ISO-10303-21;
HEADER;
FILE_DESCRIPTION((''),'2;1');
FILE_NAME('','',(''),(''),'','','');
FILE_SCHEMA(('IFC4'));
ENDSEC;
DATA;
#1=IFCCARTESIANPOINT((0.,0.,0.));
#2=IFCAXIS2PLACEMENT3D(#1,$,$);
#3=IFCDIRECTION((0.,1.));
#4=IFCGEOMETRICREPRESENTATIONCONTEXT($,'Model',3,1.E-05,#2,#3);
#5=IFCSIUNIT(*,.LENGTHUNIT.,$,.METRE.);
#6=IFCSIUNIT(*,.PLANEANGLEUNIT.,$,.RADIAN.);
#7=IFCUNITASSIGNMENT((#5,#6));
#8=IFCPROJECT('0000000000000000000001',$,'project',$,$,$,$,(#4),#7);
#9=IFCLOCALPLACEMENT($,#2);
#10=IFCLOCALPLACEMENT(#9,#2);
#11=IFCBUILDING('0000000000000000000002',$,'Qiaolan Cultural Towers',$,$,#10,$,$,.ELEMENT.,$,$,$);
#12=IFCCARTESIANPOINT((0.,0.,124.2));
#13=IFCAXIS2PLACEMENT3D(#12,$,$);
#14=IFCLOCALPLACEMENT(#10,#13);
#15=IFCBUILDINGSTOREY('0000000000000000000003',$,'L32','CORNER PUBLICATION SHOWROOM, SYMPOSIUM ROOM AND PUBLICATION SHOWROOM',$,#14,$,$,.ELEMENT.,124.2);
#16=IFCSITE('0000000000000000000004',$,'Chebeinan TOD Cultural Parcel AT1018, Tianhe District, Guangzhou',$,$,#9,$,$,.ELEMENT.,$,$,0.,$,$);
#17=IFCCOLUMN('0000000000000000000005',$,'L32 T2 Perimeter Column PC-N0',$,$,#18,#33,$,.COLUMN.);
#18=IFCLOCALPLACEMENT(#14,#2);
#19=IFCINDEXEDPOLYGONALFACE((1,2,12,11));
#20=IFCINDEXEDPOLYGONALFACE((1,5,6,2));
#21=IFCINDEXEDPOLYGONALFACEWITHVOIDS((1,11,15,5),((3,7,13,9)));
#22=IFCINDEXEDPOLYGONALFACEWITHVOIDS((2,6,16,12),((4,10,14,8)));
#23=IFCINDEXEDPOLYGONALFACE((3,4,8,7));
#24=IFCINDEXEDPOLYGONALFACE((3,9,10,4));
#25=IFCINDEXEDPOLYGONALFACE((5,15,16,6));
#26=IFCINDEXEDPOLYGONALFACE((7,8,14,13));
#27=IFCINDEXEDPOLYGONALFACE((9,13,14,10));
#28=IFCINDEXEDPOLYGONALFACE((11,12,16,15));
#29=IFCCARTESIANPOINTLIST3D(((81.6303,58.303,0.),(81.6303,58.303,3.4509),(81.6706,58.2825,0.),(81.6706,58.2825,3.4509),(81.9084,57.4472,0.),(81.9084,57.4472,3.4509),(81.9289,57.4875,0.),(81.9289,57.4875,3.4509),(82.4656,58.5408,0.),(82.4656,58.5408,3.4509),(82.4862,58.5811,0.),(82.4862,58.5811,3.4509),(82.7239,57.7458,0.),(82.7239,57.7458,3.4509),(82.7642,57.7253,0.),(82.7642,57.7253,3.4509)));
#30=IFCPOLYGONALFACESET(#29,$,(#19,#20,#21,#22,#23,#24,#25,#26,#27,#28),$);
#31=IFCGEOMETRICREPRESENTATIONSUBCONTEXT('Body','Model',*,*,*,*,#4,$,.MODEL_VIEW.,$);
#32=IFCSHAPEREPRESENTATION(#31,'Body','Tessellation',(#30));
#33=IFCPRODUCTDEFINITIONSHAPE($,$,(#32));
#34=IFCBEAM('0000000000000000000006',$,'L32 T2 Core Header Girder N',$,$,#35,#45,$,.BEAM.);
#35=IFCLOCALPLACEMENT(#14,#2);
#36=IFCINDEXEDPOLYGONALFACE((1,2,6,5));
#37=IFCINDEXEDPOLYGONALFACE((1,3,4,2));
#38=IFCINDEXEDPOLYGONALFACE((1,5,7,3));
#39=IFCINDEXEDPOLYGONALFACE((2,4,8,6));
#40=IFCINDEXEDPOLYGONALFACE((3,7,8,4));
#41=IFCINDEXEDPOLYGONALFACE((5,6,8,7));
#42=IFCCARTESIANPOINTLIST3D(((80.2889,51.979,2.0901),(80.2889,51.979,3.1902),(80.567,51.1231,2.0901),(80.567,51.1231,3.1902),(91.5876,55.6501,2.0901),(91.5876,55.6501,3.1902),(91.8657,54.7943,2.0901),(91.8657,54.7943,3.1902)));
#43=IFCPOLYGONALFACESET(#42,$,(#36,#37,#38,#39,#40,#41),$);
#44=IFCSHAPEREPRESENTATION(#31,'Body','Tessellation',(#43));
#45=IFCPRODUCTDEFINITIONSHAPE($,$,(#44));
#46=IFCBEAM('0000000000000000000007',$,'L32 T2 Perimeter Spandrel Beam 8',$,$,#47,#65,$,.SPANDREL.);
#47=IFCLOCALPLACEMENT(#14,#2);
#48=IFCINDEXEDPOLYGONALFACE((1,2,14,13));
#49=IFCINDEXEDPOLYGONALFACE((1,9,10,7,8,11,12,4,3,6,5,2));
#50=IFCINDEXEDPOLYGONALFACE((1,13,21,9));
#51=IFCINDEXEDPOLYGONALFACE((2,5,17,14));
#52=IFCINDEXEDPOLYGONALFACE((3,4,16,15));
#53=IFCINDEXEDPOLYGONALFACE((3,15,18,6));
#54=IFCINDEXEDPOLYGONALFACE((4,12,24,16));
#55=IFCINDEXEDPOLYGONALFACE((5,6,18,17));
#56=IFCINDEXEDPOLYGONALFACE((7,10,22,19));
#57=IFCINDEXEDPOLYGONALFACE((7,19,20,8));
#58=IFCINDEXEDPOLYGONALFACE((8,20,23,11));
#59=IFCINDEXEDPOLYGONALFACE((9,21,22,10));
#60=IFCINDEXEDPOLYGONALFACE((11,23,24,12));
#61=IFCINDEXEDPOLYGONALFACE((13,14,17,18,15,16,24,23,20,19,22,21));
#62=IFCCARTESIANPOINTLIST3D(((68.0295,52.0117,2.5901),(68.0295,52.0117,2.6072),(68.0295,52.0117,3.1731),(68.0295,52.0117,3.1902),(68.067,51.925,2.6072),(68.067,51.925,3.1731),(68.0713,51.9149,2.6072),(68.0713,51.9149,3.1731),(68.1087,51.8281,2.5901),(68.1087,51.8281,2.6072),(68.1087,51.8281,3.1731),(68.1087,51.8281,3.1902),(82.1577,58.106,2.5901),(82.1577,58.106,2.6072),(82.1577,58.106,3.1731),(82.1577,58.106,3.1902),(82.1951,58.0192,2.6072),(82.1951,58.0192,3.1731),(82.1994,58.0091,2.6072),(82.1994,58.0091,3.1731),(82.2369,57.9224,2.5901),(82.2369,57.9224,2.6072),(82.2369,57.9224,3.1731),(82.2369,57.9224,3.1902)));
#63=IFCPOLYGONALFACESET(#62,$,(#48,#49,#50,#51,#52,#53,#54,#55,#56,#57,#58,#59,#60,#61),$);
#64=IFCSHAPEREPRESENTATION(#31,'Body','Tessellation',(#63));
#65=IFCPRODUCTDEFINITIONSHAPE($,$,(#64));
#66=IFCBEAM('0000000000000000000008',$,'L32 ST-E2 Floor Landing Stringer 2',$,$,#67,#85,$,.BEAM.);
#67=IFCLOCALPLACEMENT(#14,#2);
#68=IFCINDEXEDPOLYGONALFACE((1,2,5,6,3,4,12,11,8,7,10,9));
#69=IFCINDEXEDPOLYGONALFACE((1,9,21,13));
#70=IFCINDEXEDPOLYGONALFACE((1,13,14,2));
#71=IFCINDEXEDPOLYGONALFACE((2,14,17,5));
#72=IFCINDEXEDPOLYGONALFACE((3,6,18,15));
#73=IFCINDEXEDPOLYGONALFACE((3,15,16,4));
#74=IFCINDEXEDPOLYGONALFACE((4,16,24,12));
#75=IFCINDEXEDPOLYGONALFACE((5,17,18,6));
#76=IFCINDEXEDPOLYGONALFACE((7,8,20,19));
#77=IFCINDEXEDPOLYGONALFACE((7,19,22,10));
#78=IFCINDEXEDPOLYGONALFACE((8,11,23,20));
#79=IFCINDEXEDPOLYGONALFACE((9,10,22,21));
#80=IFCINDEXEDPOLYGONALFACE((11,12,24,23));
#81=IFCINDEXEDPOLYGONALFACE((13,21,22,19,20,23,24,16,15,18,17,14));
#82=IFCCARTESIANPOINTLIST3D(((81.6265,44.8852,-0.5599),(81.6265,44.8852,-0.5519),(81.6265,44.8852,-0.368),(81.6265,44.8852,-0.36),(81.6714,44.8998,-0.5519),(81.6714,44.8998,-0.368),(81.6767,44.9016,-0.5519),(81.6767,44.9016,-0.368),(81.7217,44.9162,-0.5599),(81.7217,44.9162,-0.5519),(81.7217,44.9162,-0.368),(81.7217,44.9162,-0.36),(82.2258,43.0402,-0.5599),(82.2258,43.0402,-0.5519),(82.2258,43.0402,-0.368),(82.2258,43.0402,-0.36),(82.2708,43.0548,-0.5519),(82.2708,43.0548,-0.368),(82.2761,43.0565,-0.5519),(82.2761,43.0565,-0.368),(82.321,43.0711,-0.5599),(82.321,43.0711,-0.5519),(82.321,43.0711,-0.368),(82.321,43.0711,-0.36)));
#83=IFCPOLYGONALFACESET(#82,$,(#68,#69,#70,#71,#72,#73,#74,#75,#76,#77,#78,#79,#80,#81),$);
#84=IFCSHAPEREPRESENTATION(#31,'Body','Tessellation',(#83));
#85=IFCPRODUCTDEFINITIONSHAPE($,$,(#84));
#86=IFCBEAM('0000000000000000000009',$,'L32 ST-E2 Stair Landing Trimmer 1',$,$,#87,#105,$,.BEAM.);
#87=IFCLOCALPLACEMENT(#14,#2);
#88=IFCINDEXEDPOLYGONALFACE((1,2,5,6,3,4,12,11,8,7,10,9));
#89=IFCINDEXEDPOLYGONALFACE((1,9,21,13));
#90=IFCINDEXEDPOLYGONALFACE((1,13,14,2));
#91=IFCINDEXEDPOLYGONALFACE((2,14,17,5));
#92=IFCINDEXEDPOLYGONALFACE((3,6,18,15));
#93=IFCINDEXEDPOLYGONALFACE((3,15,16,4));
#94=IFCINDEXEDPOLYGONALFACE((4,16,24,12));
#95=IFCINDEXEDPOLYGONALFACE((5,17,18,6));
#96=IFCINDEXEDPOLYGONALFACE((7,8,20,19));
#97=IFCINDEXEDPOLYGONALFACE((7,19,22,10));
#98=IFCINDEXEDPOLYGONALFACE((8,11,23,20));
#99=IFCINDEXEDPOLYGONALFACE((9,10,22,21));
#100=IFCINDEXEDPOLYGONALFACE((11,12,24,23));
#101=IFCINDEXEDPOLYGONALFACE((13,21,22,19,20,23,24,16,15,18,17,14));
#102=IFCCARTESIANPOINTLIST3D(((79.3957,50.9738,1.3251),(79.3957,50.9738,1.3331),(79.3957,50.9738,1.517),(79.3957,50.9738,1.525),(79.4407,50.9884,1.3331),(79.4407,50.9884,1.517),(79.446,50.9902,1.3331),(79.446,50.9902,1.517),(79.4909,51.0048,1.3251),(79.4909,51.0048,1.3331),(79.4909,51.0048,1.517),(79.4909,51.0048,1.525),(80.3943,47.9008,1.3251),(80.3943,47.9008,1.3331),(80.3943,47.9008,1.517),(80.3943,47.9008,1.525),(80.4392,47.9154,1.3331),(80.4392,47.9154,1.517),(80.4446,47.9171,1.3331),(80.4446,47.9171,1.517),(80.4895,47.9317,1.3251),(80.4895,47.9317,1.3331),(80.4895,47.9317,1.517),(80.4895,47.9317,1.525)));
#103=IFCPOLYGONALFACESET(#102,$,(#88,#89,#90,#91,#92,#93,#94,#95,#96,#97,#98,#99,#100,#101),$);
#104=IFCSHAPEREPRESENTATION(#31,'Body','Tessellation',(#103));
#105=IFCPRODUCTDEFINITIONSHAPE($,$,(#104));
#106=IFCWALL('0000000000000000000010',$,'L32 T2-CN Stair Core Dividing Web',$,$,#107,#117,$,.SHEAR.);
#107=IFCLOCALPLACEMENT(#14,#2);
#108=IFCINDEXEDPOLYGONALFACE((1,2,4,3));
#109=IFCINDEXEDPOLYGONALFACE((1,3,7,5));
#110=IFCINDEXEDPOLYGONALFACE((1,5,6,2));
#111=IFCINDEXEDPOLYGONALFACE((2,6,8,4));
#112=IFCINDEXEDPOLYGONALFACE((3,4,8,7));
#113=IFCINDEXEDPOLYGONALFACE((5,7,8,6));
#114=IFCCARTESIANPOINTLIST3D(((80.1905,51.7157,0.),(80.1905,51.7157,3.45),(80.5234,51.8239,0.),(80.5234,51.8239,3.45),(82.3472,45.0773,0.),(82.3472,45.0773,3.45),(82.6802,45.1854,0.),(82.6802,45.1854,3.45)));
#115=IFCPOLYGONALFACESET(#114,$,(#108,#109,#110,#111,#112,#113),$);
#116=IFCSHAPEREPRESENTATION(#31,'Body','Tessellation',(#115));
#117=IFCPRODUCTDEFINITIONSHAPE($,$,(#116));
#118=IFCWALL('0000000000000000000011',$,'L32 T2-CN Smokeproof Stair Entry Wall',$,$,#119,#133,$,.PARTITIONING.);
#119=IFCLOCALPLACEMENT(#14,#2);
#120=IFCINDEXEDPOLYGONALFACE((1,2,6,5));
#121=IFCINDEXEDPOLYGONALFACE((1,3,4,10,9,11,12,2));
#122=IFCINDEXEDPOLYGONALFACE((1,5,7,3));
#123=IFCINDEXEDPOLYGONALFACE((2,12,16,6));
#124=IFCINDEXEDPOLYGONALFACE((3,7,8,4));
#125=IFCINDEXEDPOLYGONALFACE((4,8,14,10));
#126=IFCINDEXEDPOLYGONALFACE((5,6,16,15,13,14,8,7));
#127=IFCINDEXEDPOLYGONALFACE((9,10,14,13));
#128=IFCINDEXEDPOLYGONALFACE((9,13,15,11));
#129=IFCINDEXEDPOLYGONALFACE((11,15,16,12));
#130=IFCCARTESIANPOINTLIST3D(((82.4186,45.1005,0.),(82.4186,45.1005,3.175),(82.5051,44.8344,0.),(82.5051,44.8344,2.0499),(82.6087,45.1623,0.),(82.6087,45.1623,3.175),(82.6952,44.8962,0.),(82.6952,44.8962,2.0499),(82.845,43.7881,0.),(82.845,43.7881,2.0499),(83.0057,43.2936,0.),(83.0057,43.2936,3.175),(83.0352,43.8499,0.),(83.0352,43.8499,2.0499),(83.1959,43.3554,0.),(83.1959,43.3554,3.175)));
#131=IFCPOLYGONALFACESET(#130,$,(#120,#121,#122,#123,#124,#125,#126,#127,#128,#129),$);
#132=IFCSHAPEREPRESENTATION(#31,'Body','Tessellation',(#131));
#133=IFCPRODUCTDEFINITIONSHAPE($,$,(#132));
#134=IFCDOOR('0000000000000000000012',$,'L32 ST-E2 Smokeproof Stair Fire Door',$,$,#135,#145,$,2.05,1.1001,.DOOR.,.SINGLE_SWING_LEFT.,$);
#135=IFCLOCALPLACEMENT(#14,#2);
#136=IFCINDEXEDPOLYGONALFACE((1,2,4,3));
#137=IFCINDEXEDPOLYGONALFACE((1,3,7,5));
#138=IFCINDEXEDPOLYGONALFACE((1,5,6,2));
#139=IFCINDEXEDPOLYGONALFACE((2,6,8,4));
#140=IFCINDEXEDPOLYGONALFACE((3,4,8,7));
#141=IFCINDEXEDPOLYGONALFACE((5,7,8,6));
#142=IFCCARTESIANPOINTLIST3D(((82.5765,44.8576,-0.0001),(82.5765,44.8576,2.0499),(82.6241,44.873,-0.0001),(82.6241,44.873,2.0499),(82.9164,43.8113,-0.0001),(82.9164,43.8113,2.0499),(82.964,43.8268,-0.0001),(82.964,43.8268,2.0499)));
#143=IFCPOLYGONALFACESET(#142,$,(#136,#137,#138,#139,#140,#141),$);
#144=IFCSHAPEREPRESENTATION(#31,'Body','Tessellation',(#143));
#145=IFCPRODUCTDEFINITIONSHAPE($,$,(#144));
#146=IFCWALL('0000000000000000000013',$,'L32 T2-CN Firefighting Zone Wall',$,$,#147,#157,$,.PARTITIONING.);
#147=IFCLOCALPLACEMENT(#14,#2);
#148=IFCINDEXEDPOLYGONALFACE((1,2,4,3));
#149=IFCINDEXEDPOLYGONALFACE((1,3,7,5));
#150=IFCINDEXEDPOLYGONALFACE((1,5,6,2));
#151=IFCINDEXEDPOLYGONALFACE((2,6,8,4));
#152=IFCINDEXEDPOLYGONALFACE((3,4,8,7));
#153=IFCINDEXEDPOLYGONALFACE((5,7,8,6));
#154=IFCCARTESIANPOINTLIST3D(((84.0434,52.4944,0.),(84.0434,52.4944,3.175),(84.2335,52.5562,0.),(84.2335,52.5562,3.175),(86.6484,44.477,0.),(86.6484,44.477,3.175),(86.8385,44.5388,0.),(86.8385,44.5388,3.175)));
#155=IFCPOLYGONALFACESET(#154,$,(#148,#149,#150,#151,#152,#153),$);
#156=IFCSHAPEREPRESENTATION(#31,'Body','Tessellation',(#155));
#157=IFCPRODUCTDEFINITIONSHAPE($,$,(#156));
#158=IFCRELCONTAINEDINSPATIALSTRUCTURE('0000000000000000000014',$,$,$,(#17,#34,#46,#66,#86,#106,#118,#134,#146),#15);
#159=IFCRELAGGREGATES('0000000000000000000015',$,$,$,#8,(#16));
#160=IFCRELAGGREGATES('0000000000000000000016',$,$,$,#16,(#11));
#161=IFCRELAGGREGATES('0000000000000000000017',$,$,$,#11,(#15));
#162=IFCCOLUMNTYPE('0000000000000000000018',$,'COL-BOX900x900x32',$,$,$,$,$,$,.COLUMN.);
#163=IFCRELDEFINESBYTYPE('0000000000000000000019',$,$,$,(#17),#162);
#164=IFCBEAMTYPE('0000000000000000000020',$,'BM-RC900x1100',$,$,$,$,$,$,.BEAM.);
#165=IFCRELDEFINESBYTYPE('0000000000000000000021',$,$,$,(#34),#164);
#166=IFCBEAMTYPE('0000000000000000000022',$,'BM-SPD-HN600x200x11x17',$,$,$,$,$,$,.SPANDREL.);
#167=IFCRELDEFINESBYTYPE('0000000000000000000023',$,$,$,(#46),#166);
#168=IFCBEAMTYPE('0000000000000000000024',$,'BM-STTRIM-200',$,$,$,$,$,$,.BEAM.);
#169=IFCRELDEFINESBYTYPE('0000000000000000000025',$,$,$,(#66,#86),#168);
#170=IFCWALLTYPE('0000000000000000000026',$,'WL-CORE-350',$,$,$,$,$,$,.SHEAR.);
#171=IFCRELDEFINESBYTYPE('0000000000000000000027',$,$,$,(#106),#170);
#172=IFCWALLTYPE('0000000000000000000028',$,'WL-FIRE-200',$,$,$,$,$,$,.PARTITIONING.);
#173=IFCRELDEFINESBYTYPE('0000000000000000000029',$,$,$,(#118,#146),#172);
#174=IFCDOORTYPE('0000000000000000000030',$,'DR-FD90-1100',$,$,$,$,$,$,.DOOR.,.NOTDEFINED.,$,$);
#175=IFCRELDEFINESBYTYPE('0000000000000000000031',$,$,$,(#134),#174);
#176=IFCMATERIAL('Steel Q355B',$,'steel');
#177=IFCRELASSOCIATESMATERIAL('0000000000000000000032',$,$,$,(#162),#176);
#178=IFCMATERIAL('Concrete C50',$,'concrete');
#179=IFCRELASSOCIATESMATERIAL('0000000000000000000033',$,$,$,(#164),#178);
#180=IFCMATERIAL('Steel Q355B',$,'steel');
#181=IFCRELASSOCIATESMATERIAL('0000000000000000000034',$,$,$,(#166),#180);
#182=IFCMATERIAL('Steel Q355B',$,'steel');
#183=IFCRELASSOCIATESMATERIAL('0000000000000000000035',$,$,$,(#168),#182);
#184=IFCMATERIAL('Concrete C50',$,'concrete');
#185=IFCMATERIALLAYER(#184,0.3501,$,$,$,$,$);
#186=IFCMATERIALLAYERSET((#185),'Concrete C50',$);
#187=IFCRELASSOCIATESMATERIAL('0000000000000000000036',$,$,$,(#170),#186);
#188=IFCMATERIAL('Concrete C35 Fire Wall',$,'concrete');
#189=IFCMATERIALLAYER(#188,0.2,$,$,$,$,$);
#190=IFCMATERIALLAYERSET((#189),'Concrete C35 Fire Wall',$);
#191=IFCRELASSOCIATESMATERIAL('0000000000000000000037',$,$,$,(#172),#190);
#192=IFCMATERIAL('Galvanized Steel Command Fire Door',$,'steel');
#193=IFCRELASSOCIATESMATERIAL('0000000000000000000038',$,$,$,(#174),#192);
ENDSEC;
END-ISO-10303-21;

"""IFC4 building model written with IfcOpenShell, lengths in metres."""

from ifc_helpers import new_model, si_unit, direction, frame, frame_2d, origin, origin_2d, place, context, subcontext, project, spatial, rectangle, hollow_rectangle, i_section, extrude, material, layer, layer_set, material_profile, profile_set, type_object, element, fill, save


model = new_model("IFC4")

# Units and contexts
model_context = context("Model", 3, precision=1e-05, world=origin(), true_north=direction((0.0, 1.0)))
body_context = subcontext(model_context, "Body", "Model", "MODEL_VIEW")
ifc_project = project(units=[si_unit("LENGTHUNIT", "METRE"), si_unit("PLANEANGLEUNIT", "RADIAN")], contexts=[model_context])

# Site, building, storey
site_placement = place(None, origin())
site = spatial("IfcSite", under=ifc_project, at=site_placement, Name="Chebeinan TOD Cultural Parcel AT1018, Tianhe District, Guangzhou", CompositionType="ELEMENT", RefElevation=0.0)
building_placement = place(site_placement, origin())
building = spatial("IfcBuilding", under=site, at=building_placement, Name="Qiaolan Cultural Towers", CompositionType="ELEMENT")
storey_placement = place(building_placement, frame((0.0, 0.0, 124.2)))
storey = spatial("IfcBuildingStorey", under=building, at=storey_placement, Name="L32", Description="CORNER PUBLICATION SHOWROOM, SYMPOSIUM ROOM AND PUBLICATION SHOWROOM", CompositionType="ELEMENT", Elevation=124.2)

# Column
ifc_material_1 = material(Name="Steel Q355B", Category="steel")
ifc_material_profile_1 = material_profile(ifc_material_1, hollow_rectangle(XDim=0.8999, YDim=0.8999, WallThickness=0.032, at=origin_2d()), Name="BOX900x900x32")
ifc_profile_set_1 = profile_set([ifc_material_profile_1], Name="Steel Q355B")
column_type = type_object("IfcColumnType", Name="COL-BOX900x900x32", PredefinedType="COLUMN", material=ifc_profile_set_1)
column_placement = place(storey_placement, frame((82.1973, 58.0142, 0.0), z_axis=(0.0, 0.0, 1.0), x_axis=(0.951057, 0.309017, 0.0)))
element("IfcColumn", 1, at=column_placement, inside=storey, type_object=column_type, Name="L32 T2 Perimeter Column PC-N0", PredefinedType="COLUMN", context=body_context, shape_type="SweptSolid", body=[
    extrude(hollow_rectangle(XDim=0.8999, YDim=0.8999, WallThickness=0.032, at=origin_2d()), origin(), (0.0, 0.0, 1.0), 3.4509),
])

# Beams
ifc_material_2 = material(Name="Concrete C50", Category="concrete")
ifc_material_profile_2 = material_profile(ifc_material_2, rectangle(XDim=0.8999, YDim=1.1001, at=origin_2d()), Name="RC900x1100")
ifc_profile_set_2 = profile_set([ifc_material_profile_2], Name="Concrete C50")
beam_type_1 = type_object("IfcBeamType", Name="BM-RC900x1100", PredefinedType="BEAM", material=ifc_profile_set_2)
beam_1_placement = place(storey_placement, frame((80.428, 51.551, 2.6401), z_axis=(0.951056, 0.309018, 0.0), x_axis=(-0.309018, 0.951056, 0.0)))
element("IfcBeam", 2, at=beam_1_placement, inside=storey, type_object=beam_type_1, Name="L32 T2 Core Header Girder N", PredefinedType="BEAM", context=body_context, shape_type="SweptSolid", body=[
    extrude(rectangle(XDim=0.8999, YDim=1.1001, at=origin_2d()), origin(), (0.0, 0.0, 1.0), 11.8801),
])
ifc_material_3 = material(Name="Steel Q355B", Category="steel")
ifc_material_profile_3 = material_profile(ifc_material_3, i_section(OverallWidth=0.2, OverallDepth=0.6001, WebThickness=0.011, FlangeThickness=0.0171, at=origin_2d()), Name="HN600x200x11x17")
ifc_profile_set_3 = profile_set([ifc_material_profile_3], Name="Steel Q355B")
beam_type_2 = type_object("IfcBeamType", Name="BM-SPD-HN600x200x11x17", PredefinedType="SPANDREL", material=ifc_profile_set_3)
beam_2_placement = place(storey_placement, frame((82.1973, 58.0142, 2.8901), z_axis=(-0.918218, -0.396076, 0.0), x_axis=(0.396076, -0.918218, 0.0)))
element("IfcBeam", 3, at=beam_2_placement, inside=storey, type_object=beam_type_2, Name="L32 T2 Perimeter Spandrel Beam 8", PredefinedType="SPANDREL", context=body_context, shape_type="SweptSolid", body=[
    extrude(i_section(OverallWidth=0.2, OverallDepth=0.6001, WebThickness=0.011, FlangeThickness=0.0171, at=origin_2d()), origin(), (0.0, 0.0, 1.0), 15.3865),
])
ifc_material_4 = material(Name="Steel Q355B", Category="steel")
ifc_material_profile_4 = material_profile(ifc_material_4, i_section(OverallWidth=0.1001, OverallDepth=0.2, WebThickness=0.0056, FlangeThickness=0.0081, at=origin_2d()), Name="HN200x100x5.5x8")
ifc_profile_set_4 = profile_set([ifc_material_profile_4], Name="Steel Q355B")
beam_type_3 = type_object("IfcBeamType", Name="BM-STTRIM-200", PredefinedType="BEAM", material=ifc_profile_set_4)
beam_3_placement = place(storey_placement, frame((82.2734, 43.0557, -0.46), z_axis=(-0.308969, 0.951072, 0.0), x_axis=(-0.951072, -0.308969, 0.0)))
element("IfcBeam", 4, at=beam_3_placement, inside=storey, type_object=beam_type_3, Name="L32 ST-E2 Floor Landing Stringer 2", PredefinedType="BEAM", context=body_context, shape_type="SweptSolid", body=[
    extrude(i_section(OverallWidth=0.1001, OverallDepth=0.2, WebThickness=0.0056, FlangeThickness=0.0081, at=origin_2d()), origin(), (0.0, 0.0, 1.0), 1.9399),
])
beam_4_placement = place(storey_placement, frame((80.4419, 47.9163, 1.425), z_axis=(-0.309033, 0.951051, 0.0), x_axis=(-0.951051, -0.309033, 0.0)))
element("IfcBeam", 5, at=beam_4_placement, inside=storey, type_object=beam_type_3, Name="L32 ST-E2 Stair Landing Trimmer 1", PredefinedType="BEAM", context=body_context, shape_type="SweptSolid", body=[
    extrude(i_section(OverallWidth=0.1001, OverallDepth=0.2, WebThickness=0.0056, FlangeThickness=0.0081, at=origin_2d()), origin(), (0.0, 0.0, 1.0), 3.2312),
])

# Wall
ifc_material_5 = material(Name="Concrete C50", Category="concrete")
ifc_layer_1 = layer(ifc_material_5, 0.3501)
ifc_layer_set_1 = layer_set([ifc_layer_1], Name="Concrete C50")
wall_type_1 = type_object("IfcWallType", Name="WL-CORE-350", PredefinedType="SHEAR", material=ifc_layer_set_1)
wall_1_placement = place(storey_placement, frame((82.5137, 45.1313, 0.0), z_axis=(0.0, 0.0, 1.0), x_axis=(-0.308989, 0.951066, 0.0)))
element("IfcWall", 6, at=wall_1_placement, inside=storey, type_object=wall_type_1, Name="L32 T2-CN Stair Core Dividing Web", PredefinedType="SHEAR", context=body_context, shape_type="SweptSolid", body=[
    extrude(rectangle(XDim=6.98, YDim=0.3501, at=frame_2d((3.49, 0.0))), origin(), (0.0, 0.0, 1.0), 3.45),
])

# Wall, opening, door
ifc_material_6 = material(Name="Concrete C35 Fire Wall", Category="concrete")
ifc_layer_2 = layer(ifc_material_6, 0.2)
ifc_layer_set_2 = layer_set([ifc_layer_2], Name="Concrete C35 Fire Wall")
wall_type_2 = type_object("IfcWallType", Name="WL-FIRE-200", PredefinedType="PARTITIONING", material=ifc_layer_set_2)
wall_2_placement = place(storey_placement, frame((83.1008, 43.3245, 0.0), z_axis=(0.0, 0.0, 1.0), x_axis=(-0.309048, 0.951046, 0.0)))
wall_2 = element("IfcWall", 7, at=wall_2_placement, inside=storey, type_object=wall_type_2, Name="L32 T2-CN Smokeproof Stair Entry Wall", PredefinedType="PARTITIONING", context=body_context, shape_type="SweptSolid", body=[
    extrude(rectangle(XDim=1.8999, YDim=0.2, at=frame_2d((0.95, 0.0))), origin(), (0.0, 0.0, 1.0), 3.175),
])
opening_1_placement = place(wall_2_placement, frame((0.52, 0.0, 0.0)))
opening_1 = element("IfcOpeningElement", 8, at=opening_1_placement, cuts=wall_2, PredefinedType="OPENING", context=body_context, shape_type="SweptSolid", body=[
    extrude(rectangle(XDim=1.1001, YDim=2.05, at=frame_2d((0.55, 1.0249))), frame((0.0, 0.1099, 0.0), z_axis=(0.0, -1.0, 0.0), x_axis=(1.0, 0.0, 0.0)), (0.0, 0.0, 1.0), 0.22),
])
ifc_material_7 = material(Name="Galvanized Steel Command Fire Door", Category="steel")
door_type_1 = type_object("IfcDoorType", Name="DR-FD90-1100", OperationType="NOTDEFINED", PredefinedType="DOOR", material=ifc_material_7)
door_1_placement = place(opening_1_placement, origin())
door_1 = element("IfcDoor", 9, at=door_1_placement, inside=storey, type_object=door_type_1, Name="L32 ST-E2 Smokeproof Stair Fire Door", OperationType="SINGLE_SWING_LEFT", OverallHeight=2.05, OverallWidth=1.1001, PredefinedType="DOOR", context=body_context, shape_type="SweptSolid", body=[
    extrude(rectangle(XDim=1.1001, YDim=2.05, at=frame_2d((0.55, 1.0249))), frame((0.0, 0.0249, 0.0), z_axis=(0.0, -1.0, 0.0), x_axis=(1.0, 0.0, 0.0)), (0.0, 0.0, 1.0), 0.05),
])
fill(opening_1, door_1)

# Wall
wall_3_placement = place(storey_placement, frame((86.7434, 44.5081, 0.0), z_axis=(0.0, 0.0, 1.0), x_axis=(-0.309016, 0.951057, 0.0)))
element("IfcWall", 10, at=wall_3_placement, inside=storey, type_object=wall_type_2, Name="L32 T2-CN Firefighting Zone Wall", PredefinedType="PARTITIONING", context=body_context, shape_type="SweptSolid", body=[
    extrude(rectangle(XDim=8.4299, YDim=0.2, at=frame_2d((4.2148, 0.0))), origin(), (0.0, 0.0, 1.0), 3.175),
])

save(model, "model.ifc")
